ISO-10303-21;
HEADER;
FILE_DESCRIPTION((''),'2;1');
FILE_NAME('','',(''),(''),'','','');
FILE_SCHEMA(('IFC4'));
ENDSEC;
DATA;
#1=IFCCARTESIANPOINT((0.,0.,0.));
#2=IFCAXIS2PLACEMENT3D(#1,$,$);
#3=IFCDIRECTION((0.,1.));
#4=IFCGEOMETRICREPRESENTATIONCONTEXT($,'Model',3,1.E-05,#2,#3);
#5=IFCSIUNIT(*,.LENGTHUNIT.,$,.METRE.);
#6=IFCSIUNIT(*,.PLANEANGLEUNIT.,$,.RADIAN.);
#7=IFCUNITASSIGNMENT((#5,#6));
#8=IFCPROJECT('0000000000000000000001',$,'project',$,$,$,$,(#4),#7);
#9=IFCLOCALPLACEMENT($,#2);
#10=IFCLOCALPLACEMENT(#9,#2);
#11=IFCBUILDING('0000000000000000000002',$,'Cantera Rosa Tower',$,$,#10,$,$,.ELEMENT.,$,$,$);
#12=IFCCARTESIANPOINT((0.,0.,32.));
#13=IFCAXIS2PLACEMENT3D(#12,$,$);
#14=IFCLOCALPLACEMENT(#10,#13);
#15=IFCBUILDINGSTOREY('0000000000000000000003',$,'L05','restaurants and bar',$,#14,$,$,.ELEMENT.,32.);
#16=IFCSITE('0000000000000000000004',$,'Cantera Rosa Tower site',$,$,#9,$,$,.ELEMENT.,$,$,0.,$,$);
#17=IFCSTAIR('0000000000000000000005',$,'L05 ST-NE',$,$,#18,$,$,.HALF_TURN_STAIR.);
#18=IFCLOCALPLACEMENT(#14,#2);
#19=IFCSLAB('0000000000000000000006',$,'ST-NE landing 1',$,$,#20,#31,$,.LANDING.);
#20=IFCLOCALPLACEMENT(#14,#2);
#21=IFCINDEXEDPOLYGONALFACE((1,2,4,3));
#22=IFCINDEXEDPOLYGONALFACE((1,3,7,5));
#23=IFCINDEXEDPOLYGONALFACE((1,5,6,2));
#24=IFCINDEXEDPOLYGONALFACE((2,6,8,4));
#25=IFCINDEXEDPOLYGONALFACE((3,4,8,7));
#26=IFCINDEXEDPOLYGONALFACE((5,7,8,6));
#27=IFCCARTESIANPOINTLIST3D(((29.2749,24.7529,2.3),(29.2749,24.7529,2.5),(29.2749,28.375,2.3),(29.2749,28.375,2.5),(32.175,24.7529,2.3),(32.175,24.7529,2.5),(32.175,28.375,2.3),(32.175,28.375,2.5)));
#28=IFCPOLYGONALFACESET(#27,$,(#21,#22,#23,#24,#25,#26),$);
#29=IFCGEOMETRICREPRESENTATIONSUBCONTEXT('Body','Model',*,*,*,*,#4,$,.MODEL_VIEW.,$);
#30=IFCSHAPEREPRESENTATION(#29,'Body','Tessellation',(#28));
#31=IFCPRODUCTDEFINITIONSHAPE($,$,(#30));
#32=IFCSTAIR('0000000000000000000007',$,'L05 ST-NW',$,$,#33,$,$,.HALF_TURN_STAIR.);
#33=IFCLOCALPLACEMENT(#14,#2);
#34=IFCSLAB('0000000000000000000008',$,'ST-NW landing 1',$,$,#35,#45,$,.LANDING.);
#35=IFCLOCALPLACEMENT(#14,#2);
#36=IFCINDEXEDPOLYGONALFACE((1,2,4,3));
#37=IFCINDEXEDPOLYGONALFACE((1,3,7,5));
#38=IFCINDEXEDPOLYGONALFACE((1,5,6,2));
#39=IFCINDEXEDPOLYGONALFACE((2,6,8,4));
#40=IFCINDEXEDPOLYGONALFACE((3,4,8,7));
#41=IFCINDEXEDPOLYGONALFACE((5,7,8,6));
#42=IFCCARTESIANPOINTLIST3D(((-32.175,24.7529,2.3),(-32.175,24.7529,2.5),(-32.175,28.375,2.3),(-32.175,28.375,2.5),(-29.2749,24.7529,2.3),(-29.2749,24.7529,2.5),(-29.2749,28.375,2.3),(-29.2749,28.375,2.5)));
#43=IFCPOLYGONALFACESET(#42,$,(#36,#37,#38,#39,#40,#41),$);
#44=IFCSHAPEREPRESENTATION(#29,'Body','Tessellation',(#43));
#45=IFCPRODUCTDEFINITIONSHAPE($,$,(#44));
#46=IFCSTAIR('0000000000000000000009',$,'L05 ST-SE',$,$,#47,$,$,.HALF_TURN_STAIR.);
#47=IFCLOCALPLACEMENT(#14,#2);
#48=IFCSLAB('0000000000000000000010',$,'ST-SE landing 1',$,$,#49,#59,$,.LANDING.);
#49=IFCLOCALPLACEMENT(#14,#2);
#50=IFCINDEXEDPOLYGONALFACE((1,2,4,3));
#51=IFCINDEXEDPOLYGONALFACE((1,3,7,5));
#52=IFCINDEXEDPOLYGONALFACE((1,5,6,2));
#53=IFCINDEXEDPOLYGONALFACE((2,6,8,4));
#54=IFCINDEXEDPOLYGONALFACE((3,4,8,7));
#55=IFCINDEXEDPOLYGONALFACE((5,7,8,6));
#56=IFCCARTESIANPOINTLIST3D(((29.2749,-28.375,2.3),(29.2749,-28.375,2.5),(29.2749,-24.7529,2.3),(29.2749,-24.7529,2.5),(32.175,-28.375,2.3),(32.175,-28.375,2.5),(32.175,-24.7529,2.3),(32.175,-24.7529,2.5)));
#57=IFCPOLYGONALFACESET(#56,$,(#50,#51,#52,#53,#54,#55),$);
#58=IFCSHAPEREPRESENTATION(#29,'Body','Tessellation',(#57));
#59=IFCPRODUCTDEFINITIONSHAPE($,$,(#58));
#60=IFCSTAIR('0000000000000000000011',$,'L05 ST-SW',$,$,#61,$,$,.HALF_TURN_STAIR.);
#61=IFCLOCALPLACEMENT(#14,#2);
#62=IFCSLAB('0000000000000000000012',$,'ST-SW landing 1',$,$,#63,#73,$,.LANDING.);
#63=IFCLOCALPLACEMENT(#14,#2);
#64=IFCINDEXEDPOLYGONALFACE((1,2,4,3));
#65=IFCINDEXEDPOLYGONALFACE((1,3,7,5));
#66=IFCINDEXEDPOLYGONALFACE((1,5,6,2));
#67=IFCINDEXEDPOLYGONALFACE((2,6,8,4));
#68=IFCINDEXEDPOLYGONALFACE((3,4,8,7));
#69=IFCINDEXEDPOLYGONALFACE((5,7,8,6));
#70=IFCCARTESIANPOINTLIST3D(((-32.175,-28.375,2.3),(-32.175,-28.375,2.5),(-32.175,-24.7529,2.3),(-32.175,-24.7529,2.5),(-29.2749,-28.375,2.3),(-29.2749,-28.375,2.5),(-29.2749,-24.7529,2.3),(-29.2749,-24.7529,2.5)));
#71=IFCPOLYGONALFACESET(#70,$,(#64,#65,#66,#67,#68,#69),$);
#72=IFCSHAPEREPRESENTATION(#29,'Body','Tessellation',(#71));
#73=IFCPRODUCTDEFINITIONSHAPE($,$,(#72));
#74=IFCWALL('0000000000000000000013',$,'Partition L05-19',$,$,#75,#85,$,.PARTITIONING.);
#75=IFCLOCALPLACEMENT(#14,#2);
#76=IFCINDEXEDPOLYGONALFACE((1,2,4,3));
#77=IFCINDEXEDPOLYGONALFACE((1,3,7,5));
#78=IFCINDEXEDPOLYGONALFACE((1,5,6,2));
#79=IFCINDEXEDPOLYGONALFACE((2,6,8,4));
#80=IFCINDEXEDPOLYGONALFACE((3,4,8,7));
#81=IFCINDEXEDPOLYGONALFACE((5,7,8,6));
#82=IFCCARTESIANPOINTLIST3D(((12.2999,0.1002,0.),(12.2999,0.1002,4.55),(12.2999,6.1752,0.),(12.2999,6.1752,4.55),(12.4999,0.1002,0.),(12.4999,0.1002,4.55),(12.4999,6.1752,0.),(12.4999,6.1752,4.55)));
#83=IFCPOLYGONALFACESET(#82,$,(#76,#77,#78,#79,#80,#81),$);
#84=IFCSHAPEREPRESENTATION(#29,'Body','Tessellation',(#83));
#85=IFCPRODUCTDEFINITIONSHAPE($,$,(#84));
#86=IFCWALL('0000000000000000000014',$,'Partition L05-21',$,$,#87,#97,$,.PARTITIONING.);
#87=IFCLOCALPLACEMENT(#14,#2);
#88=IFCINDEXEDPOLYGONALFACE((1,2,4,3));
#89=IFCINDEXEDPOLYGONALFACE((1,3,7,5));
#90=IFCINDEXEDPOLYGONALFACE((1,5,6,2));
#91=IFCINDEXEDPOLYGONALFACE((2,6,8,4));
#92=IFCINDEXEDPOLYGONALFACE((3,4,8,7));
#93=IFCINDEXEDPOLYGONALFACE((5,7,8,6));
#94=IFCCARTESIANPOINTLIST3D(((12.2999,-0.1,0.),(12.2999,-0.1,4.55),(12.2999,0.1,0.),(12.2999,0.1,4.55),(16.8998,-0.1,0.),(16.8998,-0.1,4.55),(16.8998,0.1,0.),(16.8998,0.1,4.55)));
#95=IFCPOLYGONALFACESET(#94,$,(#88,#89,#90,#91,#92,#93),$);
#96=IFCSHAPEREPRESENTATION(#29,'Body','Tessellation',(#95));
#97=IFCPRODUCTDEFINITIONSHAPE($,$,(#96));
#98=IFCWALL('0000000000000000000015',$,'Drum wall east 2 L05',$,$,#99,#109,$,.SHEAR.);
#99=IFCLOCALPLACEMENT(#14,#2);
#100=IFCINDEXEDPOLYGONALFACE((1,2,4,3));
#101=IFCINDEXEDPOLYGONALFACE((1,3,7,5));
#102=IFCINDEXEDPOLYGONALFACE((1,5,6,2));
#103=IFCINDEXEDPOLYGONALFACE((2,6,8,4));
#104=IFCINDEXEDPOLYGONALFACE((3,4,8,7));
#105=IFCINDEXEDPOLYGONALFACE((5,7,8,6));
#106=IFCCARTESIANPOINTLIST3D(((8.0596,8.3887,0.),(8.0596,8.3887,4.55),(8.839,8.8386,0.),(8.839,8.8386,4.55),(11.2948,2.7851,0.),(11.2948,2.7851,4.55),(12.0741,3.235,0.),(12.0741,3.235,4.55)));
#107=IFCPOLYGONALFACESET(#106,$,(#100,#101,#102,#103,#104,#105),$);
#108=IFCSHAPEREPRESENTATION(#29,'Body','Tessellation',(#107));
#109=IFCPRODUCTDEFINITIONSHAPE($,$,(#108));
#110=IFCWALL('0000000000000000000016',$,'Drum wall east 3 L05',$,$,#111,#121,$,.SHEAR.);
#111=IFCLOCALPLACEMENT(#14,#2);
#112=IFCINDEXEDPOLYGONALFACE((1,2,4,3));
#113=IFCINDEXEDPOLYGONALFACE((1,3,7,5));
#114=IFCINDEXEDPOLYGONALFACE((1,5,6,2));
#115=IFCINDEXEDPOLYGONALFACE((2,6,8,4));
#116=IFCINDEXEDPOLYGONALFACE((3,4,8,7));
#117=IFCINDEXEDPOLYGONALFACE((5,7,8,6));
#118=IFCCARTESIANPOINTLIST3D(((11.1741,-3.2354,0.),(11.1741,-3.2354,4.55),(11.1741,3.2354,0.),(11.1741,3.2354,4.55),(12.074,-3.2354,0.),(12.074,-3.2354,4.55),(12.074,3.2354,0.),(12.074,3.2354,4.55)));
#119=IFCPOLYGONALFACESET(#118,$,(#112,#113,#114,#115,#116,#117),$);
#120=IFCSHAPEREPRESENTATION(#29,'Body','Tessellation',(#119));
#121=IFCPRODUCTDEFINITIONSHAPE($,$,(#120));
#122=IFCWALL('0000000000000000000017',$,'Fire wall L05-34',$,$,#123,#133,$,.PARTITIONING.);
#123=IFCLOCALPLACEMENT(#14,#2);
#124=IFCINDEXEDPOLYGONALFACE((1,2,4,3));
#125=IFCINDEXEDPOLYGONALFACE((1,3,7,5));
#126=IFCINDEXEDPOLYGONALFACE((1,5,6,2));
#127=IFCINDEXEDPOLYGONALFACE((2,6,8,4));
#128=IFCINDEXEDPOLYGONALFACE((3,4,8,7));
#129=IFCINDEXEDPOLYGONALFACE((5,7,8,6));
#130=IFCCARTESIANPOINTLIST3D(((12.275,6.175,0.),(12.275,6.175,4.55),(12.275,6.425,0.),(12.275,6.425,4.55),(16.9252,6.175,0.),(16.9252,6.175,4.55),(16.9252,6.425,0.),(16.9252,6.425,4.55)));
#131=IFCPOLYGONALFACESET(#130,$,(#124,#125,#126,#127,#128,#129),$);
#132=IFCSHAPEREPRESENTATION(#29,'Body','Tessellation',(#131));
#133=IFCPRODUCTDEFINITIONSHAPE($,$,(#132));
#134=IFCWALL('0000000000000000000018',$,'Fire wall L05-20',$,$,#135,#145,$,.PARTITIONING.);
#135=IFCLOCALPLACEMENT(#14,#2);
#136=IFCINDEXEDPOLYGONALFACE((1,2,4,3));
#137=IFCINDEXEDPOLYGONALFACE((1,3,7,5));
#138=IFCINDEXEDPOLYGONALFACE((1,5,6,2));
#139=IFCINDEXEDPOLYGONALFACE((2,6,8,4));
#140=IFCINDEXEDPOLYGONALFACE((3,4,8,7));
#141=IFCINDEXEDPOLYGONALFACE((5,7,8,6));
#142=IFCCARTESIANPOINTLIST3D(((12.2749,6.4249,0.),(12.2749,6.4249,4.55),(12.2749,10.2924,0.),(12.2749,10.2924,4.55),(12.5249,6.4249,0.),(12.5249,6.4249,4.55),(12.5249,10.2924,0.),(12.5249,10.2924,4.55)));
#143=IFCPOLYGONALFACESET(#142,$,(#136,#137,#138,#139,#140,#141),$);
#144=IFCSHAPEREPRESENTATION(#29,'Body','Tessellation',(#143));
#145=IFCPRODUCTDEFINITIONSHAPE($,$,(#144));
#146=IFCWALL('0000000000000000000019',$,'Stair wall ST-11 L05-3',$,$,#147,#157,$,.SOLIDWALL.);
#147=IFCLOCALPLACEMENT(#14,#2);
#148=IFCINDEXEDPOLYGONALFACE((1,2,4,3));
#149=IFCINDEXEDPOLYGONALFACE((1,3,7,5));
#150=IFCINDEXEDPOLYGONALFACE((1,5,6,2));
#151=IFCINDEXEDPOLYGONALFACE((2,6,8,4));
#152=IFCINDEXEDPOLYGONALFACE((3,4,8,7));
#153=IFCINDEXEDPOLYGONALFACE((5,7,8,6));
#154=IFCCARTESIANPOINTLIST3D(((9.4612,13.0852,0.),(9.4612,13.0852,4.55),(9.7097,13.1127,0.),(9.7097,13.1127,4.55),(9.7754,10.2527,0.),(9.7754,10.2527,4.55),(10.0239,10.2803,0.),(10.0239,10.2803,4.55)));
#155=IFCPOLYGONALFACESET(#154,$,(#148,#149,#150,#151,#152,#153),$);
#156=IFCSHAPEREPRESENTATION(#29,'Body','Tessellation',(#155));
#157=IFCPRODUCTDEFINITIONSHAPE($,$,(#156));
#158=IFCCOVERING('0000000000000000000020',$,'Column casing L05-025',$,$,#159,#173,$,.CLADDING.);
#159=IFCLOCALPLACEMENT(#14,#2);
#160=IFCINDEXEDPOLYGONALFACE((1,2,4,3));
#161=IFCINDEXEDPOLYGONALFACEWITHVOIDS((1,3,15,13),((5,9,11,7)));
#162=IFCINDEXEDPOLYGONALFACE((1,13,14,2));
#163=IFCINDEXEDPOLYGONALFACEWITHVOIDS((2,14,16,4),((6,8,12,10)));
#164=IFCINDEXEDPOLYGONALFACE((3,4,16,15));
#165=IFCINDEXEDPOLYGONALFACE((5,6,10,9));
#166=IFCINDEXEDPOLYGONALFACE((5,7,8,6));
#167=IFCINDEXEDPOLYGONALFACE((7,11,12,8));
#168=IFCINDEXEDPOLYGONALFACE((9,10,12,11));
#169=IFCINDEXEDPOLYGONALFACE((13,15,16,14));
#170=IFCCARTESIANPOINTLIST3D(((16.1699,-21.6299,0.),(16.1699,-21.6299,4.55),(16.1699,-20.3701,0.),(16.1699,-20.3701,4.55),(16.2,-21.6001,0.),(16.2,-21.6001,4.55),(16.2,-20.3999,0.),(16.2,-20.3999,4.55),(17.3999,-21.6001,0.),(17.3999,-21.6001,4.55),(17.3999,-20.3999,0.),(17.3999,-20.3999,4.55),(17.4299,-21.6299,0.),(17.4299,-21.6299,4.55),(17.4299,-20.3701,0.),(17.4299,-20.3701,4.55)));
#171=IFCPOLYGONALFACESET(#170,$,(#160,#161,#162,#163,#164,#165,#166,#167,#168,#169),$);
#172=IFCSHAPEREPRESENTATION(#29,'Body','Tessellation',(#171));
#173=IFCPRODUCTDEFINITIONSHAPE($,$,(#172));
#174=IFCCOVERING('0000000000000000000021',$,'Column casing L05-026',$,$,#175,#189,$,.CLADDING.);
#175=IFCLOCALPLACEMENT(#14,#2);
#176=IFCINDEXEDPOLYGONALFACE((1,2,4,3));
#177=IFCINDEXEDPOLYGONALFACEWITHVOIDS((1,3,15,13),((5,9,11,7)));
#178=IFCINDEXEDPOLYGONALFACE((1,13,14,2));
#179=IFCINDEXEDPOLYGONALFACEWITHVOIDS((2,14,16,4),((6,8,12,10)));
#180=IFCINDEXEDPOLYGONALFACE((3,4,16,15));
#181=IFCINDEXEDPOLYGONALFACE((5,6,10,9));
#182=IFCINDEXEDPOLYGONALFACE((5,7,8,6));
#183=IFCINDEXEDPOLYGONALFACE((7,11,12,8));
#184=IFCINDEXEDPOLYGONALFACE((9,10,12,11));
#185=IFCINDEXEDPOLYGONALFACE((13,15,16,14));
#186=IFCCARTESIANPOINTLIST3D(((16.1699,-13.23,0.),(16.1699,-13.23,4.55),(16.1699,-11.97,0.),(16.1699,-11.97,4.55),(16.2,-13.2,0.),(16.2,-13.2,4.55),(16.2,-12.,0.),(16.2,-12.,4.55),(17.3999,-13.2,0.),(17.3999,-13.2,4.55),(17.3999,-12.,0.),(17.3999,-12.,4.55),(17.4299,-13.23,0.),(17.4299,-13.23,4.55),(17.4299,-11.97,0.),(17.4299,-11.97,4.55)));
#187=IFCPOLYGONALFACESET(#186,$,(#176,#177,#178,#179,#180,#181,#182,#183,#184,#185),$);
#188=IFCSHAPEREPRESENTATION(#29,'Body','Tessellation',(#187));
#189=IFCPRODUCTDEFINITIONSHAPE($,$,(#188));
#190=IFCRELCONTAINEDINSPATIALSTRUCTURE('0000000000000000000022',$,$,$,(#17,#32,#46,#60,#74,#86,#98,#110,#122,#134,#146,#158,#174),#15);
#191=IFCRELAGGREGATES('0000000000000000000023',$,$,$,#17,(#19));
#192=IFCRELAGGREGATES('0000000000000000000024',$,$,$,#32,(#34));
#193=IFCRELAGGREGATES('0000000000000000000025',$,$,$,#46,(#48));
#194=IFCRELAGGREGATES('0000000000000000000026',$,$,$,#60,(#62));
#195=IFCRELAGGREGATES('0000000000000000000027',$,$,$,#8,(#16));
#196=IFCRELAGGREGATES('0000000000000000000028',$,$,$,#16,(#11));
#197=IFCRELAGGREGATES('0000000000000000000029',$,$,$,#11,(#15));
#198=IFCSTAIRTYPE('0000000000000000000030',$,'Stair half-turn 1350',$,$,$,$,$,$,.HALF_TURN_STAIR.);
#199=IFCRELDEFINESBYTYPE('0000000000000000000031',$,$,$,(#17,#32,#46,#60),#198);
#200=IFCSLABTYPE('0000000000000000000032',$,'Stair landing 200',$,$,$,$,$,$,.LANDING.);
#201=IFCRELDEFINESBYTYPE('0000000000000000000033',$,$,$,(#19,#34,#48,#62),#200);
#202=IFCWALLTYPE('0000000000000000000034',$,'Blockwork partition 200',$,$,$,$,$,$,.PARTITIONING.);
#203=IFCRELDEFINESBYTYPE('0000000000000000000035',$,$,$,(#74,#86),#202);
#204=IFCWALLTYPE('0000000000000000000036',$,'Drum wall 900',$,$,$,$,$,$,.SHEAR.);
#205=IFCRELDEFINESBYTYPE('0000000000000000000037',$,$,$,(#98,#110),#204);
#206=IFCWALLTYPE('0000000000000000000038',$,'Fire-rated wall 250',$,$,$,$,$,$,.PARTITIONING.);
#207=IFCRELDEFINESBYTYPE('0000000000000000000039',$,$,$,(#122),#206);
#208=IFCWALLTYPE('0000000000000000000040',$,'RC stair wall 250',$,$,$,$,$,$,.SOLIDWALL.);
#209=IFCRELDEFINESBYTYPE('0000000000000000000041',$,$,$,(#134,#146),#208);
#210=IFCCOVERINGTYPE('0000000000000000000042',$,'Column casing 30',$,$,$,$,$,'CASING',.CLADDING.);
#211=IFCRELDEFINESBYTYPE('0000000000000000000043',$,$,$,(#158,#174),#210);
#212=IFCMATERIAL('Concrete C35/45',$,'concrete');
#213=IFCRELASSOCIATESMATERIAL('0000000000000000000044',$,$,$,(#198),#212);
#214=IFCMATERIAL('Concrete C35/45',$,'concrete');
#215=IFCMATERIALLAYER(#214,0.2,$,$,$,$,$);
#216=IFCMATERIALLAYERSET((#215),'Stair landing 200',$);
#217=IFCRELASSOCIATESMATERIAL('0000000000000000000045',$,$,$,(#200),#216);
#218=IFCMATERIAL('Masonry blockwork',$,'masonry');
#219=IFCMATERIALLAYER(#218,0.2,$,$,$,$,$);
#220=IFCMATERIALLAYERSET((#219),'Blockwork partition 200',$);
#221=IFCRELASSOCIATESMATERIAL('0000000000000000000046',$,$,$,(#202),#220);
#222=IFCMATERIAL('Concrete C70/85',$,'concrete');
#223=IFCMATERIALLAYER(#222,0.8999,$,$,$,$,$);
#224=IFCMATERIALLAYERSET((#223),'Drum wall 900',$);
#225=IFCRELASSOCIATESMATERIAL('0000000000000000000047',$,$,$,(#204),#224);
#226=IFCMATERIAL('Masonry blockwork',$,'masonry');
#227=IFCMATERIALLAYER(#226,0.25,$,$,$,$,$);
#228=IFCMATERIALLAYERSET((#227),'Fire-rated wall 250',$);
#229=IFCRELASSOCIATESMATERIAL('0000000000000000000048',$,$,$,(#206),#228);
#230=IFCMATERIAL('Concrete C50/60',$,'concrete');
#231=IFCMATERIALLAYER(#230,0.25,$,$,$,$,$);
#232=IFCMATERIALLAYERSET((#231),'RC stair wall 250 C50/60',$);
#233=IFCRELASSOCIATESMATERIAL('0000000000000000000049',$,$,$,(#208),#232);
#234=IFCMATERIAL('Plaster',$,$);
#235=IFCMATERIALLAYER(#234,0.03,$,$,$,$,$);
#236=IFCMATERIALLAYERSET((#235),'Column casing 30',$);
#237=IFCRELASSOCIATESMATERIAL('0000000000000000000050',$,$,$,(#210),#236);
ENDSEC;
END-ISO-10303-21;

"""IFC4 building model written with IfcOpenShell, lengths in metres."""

from ifc_helpers import new_model, si_unit, direction, frame, frame_2d, origin, place, context, subcontext, project, spatial, polyline, rectangle, outline, extrude, material, layer, layer_set, type_object, element, aggregate, save


model = new_model("IFC4")

# Units and contexts
model_context = context("Model", 3, precision=1e-05, world=origin(), true_north=direction((0.0, 1.0)))
body_context = subcontext(model_context, "Body", "Model", "MODEL_VIEW")
ifc_project = project(units=[si_unit("LENGTHUNIT", "METRE"), si_unit("PLANEANGLEUNIT", "RADIAN")], contexts=[model_context])

# Site, building, storey
site_placement = place(None, origin())
site = spatial("IfcSite", under=ifc_project, at=site_placement, Name="Cantera Rosa Tower site", CompositionType="ELEMENT", RefElevation=0.0)
building_placement = place(site_placement, origin())
building = spatial("IfcBuilding", under=site, at=building_placement, Name="Cantera Rosa Tower", CompositionType="ELEMENT")
storey_placement = place(building_placement, frame((0.0, 0.0, 32.0)))
storey = spatial("IfcBuildingStorey", under=building, at=storey_placement, Name="L05", Description="restaurants and bar", CompositionType="ELEMENT", Elevation=32.0)

# Stairs, slabs
ifc_material_1 = material(Name="Concrete C35/45", Category="concrete")
stair_type = type_object("IfcStairType", Name="Stair half-turn 1350", PredefinedType="HALF_TURN_STAIR", material=ifc_material_1)
stair_1_placement = place(storey_placement, origin())
stair_1 = element("IfcStair", 1, at=stair_1_placement, inside=storey, type_object=stair_type, Name="L05 ST-NE", PredefinedType="HALF_TURN_STAIR")
ifc_material_2 = material(Name="Concrete C35/45", Category="concrete")
ifc_layer_1 = layer(ifc_material_2, 0.2)
ifc_layer_set_1 = layer_set([ifc_layer_1], Name="Stair landing 200")
slab_type = type_object("IfcSlabType", Name="Stair landing 200", PredefinedType="LANDING", material=ifc_layer_set_1)
slab_1_placement = place(storey_placement, frame((0.0, 0.0, 2.3)))
slab_1 = element("IfcSlab", 2, at=slab_1_placement, type_object=slab_type, Name="ST-NE landing 1", PredefinedType="LANDING", context=body_context, shape_type="SweptSolid", body=[
    extrude(outline(polyline([(32.175, 24.7529), (32.175, 28.375), (29.2749, 28.375), (29.2749, 24.7529), (32.175, 24.7529)])), origin(), (0.0, 0.0, 1.0), 0.2),
])
aggregate(stair_1, [slab_1])
stair_2_placement = place(storey_placement, origin())
stair_2 = element("IfcStair", 3, at=stair_2_placement, inside=storey, type_object=stair_type, Name="L05 ST-NW", PredefinedType="HALF_TURN_STAIR")
slab_2_placement = place(storey_placement, frame((0.0, 0.0, 2.3)))
slab_2 = element("IfcSlab", 4, at=slab_2_placement, type_object=slab_type, Name="ST-NW landing 1", PredefinedType="LANDING", context=body_context, shape_type="SweptSolid", body=[
    extrude(outline(polyline([(-29.2749, 24.7529), (-29.2749, 28.375), (-32.175, 28.375), (-32.175, 24.7529), (-29.2749, 24.7529)])), origin(), (0.0, 0.0, 1.0), 0.2),
])
aggregate(stair_2, [slab_2])
stair_3_placement = place(storey_placement, origin())
stair_3 = element("IfcStair", 5, at=stair_3_placement, inside=storey, type_object=stair_type, Name="L05 ST-SE", PredefinedType="HALF_TURN_STAIR")
slab_3_placement = place(storey_placement, frame((0.0, 0.0, 2.3)))
slab_3 = element("IfcSlab", 6, at=slab_3_placement, type_object=slab_type, Name="ST-SE landing 1", PredefinedType="LANDING", context=body_context, shape_type="SweptSolid", body=[
    extrude(outline(polyline([(29.2749, -24.7529), (29.2749, -28.375), (32.175, -28.375), (32.175, -24.7529), (29.2749, -24.7529)])), origin(), (0.0, 0.0, 1.0), 0.2),
])
aggregate(stair_3, [slab_3])
stair_4_placement = place(storey_placement, origin())
stair_4 = element("IfcStair", 7, at=stair_4_placement, inside=storey, type_object=stair_type, Name="L05 ST-SW", PredefinedType="HALF_TURN_STAIR")
slab_4_placement = place(storey_placement, frame((0.0, 0.0, 2.3)))
slab_4 = element("IfcSlab", 8, at=slab_4_placement, type_object=slab_type, Name="ST-SW landing 1", PredefinedType="LANDING", context=body_context, shape_type="SweptSolid", body=[
    extrude(outline(polyline([(-32.175, -24.7529), (-32.175, -28.375), (-29.2749, -28.375), (-29.2749, -24.7529), (-32.175, -24.7529)])), origin(), (0.0, 0.0, 1.0), 0.2),
])
aggregate(stair_4, [slab_4])

# Walls
ifc_material_3 = material(Name="Masonry blockwork", Category="masonry")
ifc_layer_2 = layer(ifc_material_3, 0.2)
ifc_layer_set_2 = layer_set([ifc_layer_2], Name="Blockwork partition 200")
wall_type_1 = type_object("IfcWallType", Name="Blockwork partition 200", PredefinedType="PARTITIONING", material=ifc_layer_set_2)
wall_1_placement = place(storey_placement, frame((12.3999, 0.1001, 0.0), z_axis=(0.0, 0.0, 1.0), x_axis=(0.0, 1.0, 0.0)))
element("IfcWall", 9, at=wall_1_placement, inside=storey, type_object=wall_type_1, Name="Partition L05-19", PredefinedType="PARTITIONING", context=body_context, shape_type="SweptSolid", body=[
    extrude(rectangle(XDim=6.075, YDim=0.2, at=frame_2d((3.0376, 0.0))), origin(), (0.0, 0.0, 1.0), 4.55),
])
wall_2_placement = place(storey_placement, frame((12.3, 0.0, 0.0), z_axis=(0.0, 0.0, 1.0), x_axis=(1.0, 0.0, 0.0)))
element("IfcWall", 10, at=wall_2_placement, inside=storey, type_object=wall_type_1, Name="Partition L05-21", PredefinedType="PARTITIONING", context=body_context, shape_type="SweptSolid", body=[
    extrude(rectangle(XDim=4.5999, YDim=0.2, at=frame_2d((2.2998, 0.0))), origin(), (0.0, 0.0, 1.0), 4.55),
])
ifc_material_4 = material(Name="Concrete C70/85", Category="concrete")
ifc_layer_3 = layer(ifc_material_4, 0.8999)
ifc_layer_set_3 = layer_set([ifc_layer_3], Name="Drum wall 900")
wall_type_2 = type_object("IfcWallType", Name="Drum wall 900", PredefinedType="SHEAR", material=ifc_layer_set_3)
wall_3_placement = place(storey_placement, frame((8.4492, 8.6138, 0.0), z_axis=(0.0, 0.0, 1.0), x_axis=(0.49999, -0.866031, 0.0)))
element("IfcWall", 11, at=wall_3_placement, inside=storey, type_object=wall_type_2, Name="Drum wall east 2 L05", PredefinedType="SHEAR", context=body_context, shape_type="SweptSolid", body=[
    extrude(rectangle(XDim=6.4705, YDim=0.8999, at=frame_2d((3.2354, 0.0))), origin(), (0.0, 0.0, 1.0), 4.55),
])
wall_4_placement = place(storey_placement, frame((11.624, 3.2354, 0.0), z_axis=(0.0, 0.0, 1.0), x_axis=(0.0, -1.0, 0.0)))
element("IfcWall", 12, at=wall_4_placement, inside=storey, type_object=wall_type_2, Name="Drum wall east 3 L05", PredefinedType="SHEAR", context=body_context, shape_type="SweptSolid", body=[
    extrude(rectangle(XDim=6.4707, YDim=0.8999, at=frame_2d((3.2354, 0.0))), origin(), (0.0, 0.0, 1.0), 4.55),
])
ifc_material_5 = material(Name="Masonry blockwork", Category="masonry")
ifc_layer_4 = layer(ifc_material_5, 0.25)
ifc_layer_set_4 = layer_set([ifc_layer_4], Name="Fire-rated wall 250")
wall_type_3 = type_object("IfcWallType", Name="Fire-rated wall 250", PredefinedType="PARTITIONING", material=ifc_layer_set_4)
wall_5_placement = place(storey_placement, frame((12.2749, 6.3, 0.0), z_axis=(0.0, 0.0, 1.0), x_axis=(1.0, 0.0, 0.0)))
element("IfcWall", 13, at=wall_5_placement, inside=storey, type_object=wall_type_3, Name="Fire wall L05-34", PredefinedType="PARTITIONING", context=body_context, shape_type="SweptSolid", body=[
    extrude(rectangle(XDim=4.6501, YDim=0.25, at=frame_2d((2.3252, 0.0))), origin(), (0.0, 0.0, 1.0), 4.55),
])
ifc_material_6 = material(Name="Concrete C50/60", Category="concrete")
ifc_layer_5 = layer(ifc_material_6, 0.25)
ifc_layer_set_5 = layer_set([ifc_layer_5], Name="RC stair wall 250 C50/60")
wall_type_4 = type_object("IfcWallType", Name="RC stair wall 250", PredefinedType="SOLIDWALL", material=ifc_layer_set_5)
wall_6_placement = place(storey_placement, frame((12.3999, 6.425, 0.0), z_axis=(0.0, 0.0, 1.0), x_axis=(0.0, 1.0, 0.0)))
element("IfcWall", 14, at=wall_6_placement, inside=storey, type_object=wall_type_4, Name="Fire wall L05-20", PredefinedType="PARTITIONING", context=body_context, shape_type="SweptSolid", body=[
    extrude(rectangle(XDim=3.8674, YDim=0.25, at=frame_2d((1.9336, 0.0))), origin(), (0.0, 0.0, 1.0), 4.55),
])
wall_7_placement = place(storey_placement, frame((9.8997, 10.2666, 0.0), z_axis=(0.0, 0.0, 1.0), x_axis=(-0.110253, 0.993904, 0.0)))
element("IfcWall", 15, at=wall_7_placement, inside=storey, type_object=wall_type_4, Name="Stair wall ST-11 L05-3", PredefinedType="SOLIDWALL", context=body_context, shape_type="SweptSolid", body=[
    extrude(rectangle(XDim=2.8499, YDim=0.25, at=frame_2d((1.4248, 0.0))), origin(), (0.0, 0.0, 1.0), 4.55),
])

# Coverings
ifc_material_7 = material(Name="Plaster")
ifc_layer_6 = layer(ifc_material_7, 0.03)
ifc_layer_set_6 = layer_set([ifc_layer_6], Name="Column casing 30")
covering_type = type_object("IfcCoveringType", Name="Column casing 30", ElementType="CASING", PredefinedType="CLADDING", material=ifc_layer_set_6)
covering_1_placement = place(storey_placement, origin())
element("IfcCovering", 16, at=covering_1_placement, inside=storey, type_object=covering_type, Name="Column casing L05-025", PredefinedType="CLADDING", context=body_context, shape_type="SweptSolid", body=[
    extrude(outline(polyline([(16.1699, -21.6299), (17.4299, -21.6299), (17.4299, -20.3701), (16.1699, -20.3701), (16.1699, -21.6299)]), holes=[polyline([(17.3999, -20.3999), (16.2, -20.3999), (16.2, -21.6001), (17.3999, -21.6001), (17.3999, -20.3999)])]), origin(), (0.0, 0.0, 1.0), 4.55),
])
covering_2_placement = place(storey_placement, origin())
element("IfcCovering", 17, at=covering_2_placement, inside=storey, type_object=covering_type, Name="Column casing L05-026", PredefinedType="CLADDING", context=body_context, shape_type="SweptSolid", body=[
    extrude(outline(polyline([(16.1699, -13.23), (17.4299, -13.23), (17.4299, -11.97), (16.1699, -11.97), (16.1699, -13.23)]), holes=[polyline([(17.3999, -12.0), (16.2, -12.0), (16.2, -13.2), (17.3999, -13.2), (17.3999, -12.0)])]), origin(), (0.0, 0.0, 1.0), 4.55),
])

save(model, "model.ifc")
